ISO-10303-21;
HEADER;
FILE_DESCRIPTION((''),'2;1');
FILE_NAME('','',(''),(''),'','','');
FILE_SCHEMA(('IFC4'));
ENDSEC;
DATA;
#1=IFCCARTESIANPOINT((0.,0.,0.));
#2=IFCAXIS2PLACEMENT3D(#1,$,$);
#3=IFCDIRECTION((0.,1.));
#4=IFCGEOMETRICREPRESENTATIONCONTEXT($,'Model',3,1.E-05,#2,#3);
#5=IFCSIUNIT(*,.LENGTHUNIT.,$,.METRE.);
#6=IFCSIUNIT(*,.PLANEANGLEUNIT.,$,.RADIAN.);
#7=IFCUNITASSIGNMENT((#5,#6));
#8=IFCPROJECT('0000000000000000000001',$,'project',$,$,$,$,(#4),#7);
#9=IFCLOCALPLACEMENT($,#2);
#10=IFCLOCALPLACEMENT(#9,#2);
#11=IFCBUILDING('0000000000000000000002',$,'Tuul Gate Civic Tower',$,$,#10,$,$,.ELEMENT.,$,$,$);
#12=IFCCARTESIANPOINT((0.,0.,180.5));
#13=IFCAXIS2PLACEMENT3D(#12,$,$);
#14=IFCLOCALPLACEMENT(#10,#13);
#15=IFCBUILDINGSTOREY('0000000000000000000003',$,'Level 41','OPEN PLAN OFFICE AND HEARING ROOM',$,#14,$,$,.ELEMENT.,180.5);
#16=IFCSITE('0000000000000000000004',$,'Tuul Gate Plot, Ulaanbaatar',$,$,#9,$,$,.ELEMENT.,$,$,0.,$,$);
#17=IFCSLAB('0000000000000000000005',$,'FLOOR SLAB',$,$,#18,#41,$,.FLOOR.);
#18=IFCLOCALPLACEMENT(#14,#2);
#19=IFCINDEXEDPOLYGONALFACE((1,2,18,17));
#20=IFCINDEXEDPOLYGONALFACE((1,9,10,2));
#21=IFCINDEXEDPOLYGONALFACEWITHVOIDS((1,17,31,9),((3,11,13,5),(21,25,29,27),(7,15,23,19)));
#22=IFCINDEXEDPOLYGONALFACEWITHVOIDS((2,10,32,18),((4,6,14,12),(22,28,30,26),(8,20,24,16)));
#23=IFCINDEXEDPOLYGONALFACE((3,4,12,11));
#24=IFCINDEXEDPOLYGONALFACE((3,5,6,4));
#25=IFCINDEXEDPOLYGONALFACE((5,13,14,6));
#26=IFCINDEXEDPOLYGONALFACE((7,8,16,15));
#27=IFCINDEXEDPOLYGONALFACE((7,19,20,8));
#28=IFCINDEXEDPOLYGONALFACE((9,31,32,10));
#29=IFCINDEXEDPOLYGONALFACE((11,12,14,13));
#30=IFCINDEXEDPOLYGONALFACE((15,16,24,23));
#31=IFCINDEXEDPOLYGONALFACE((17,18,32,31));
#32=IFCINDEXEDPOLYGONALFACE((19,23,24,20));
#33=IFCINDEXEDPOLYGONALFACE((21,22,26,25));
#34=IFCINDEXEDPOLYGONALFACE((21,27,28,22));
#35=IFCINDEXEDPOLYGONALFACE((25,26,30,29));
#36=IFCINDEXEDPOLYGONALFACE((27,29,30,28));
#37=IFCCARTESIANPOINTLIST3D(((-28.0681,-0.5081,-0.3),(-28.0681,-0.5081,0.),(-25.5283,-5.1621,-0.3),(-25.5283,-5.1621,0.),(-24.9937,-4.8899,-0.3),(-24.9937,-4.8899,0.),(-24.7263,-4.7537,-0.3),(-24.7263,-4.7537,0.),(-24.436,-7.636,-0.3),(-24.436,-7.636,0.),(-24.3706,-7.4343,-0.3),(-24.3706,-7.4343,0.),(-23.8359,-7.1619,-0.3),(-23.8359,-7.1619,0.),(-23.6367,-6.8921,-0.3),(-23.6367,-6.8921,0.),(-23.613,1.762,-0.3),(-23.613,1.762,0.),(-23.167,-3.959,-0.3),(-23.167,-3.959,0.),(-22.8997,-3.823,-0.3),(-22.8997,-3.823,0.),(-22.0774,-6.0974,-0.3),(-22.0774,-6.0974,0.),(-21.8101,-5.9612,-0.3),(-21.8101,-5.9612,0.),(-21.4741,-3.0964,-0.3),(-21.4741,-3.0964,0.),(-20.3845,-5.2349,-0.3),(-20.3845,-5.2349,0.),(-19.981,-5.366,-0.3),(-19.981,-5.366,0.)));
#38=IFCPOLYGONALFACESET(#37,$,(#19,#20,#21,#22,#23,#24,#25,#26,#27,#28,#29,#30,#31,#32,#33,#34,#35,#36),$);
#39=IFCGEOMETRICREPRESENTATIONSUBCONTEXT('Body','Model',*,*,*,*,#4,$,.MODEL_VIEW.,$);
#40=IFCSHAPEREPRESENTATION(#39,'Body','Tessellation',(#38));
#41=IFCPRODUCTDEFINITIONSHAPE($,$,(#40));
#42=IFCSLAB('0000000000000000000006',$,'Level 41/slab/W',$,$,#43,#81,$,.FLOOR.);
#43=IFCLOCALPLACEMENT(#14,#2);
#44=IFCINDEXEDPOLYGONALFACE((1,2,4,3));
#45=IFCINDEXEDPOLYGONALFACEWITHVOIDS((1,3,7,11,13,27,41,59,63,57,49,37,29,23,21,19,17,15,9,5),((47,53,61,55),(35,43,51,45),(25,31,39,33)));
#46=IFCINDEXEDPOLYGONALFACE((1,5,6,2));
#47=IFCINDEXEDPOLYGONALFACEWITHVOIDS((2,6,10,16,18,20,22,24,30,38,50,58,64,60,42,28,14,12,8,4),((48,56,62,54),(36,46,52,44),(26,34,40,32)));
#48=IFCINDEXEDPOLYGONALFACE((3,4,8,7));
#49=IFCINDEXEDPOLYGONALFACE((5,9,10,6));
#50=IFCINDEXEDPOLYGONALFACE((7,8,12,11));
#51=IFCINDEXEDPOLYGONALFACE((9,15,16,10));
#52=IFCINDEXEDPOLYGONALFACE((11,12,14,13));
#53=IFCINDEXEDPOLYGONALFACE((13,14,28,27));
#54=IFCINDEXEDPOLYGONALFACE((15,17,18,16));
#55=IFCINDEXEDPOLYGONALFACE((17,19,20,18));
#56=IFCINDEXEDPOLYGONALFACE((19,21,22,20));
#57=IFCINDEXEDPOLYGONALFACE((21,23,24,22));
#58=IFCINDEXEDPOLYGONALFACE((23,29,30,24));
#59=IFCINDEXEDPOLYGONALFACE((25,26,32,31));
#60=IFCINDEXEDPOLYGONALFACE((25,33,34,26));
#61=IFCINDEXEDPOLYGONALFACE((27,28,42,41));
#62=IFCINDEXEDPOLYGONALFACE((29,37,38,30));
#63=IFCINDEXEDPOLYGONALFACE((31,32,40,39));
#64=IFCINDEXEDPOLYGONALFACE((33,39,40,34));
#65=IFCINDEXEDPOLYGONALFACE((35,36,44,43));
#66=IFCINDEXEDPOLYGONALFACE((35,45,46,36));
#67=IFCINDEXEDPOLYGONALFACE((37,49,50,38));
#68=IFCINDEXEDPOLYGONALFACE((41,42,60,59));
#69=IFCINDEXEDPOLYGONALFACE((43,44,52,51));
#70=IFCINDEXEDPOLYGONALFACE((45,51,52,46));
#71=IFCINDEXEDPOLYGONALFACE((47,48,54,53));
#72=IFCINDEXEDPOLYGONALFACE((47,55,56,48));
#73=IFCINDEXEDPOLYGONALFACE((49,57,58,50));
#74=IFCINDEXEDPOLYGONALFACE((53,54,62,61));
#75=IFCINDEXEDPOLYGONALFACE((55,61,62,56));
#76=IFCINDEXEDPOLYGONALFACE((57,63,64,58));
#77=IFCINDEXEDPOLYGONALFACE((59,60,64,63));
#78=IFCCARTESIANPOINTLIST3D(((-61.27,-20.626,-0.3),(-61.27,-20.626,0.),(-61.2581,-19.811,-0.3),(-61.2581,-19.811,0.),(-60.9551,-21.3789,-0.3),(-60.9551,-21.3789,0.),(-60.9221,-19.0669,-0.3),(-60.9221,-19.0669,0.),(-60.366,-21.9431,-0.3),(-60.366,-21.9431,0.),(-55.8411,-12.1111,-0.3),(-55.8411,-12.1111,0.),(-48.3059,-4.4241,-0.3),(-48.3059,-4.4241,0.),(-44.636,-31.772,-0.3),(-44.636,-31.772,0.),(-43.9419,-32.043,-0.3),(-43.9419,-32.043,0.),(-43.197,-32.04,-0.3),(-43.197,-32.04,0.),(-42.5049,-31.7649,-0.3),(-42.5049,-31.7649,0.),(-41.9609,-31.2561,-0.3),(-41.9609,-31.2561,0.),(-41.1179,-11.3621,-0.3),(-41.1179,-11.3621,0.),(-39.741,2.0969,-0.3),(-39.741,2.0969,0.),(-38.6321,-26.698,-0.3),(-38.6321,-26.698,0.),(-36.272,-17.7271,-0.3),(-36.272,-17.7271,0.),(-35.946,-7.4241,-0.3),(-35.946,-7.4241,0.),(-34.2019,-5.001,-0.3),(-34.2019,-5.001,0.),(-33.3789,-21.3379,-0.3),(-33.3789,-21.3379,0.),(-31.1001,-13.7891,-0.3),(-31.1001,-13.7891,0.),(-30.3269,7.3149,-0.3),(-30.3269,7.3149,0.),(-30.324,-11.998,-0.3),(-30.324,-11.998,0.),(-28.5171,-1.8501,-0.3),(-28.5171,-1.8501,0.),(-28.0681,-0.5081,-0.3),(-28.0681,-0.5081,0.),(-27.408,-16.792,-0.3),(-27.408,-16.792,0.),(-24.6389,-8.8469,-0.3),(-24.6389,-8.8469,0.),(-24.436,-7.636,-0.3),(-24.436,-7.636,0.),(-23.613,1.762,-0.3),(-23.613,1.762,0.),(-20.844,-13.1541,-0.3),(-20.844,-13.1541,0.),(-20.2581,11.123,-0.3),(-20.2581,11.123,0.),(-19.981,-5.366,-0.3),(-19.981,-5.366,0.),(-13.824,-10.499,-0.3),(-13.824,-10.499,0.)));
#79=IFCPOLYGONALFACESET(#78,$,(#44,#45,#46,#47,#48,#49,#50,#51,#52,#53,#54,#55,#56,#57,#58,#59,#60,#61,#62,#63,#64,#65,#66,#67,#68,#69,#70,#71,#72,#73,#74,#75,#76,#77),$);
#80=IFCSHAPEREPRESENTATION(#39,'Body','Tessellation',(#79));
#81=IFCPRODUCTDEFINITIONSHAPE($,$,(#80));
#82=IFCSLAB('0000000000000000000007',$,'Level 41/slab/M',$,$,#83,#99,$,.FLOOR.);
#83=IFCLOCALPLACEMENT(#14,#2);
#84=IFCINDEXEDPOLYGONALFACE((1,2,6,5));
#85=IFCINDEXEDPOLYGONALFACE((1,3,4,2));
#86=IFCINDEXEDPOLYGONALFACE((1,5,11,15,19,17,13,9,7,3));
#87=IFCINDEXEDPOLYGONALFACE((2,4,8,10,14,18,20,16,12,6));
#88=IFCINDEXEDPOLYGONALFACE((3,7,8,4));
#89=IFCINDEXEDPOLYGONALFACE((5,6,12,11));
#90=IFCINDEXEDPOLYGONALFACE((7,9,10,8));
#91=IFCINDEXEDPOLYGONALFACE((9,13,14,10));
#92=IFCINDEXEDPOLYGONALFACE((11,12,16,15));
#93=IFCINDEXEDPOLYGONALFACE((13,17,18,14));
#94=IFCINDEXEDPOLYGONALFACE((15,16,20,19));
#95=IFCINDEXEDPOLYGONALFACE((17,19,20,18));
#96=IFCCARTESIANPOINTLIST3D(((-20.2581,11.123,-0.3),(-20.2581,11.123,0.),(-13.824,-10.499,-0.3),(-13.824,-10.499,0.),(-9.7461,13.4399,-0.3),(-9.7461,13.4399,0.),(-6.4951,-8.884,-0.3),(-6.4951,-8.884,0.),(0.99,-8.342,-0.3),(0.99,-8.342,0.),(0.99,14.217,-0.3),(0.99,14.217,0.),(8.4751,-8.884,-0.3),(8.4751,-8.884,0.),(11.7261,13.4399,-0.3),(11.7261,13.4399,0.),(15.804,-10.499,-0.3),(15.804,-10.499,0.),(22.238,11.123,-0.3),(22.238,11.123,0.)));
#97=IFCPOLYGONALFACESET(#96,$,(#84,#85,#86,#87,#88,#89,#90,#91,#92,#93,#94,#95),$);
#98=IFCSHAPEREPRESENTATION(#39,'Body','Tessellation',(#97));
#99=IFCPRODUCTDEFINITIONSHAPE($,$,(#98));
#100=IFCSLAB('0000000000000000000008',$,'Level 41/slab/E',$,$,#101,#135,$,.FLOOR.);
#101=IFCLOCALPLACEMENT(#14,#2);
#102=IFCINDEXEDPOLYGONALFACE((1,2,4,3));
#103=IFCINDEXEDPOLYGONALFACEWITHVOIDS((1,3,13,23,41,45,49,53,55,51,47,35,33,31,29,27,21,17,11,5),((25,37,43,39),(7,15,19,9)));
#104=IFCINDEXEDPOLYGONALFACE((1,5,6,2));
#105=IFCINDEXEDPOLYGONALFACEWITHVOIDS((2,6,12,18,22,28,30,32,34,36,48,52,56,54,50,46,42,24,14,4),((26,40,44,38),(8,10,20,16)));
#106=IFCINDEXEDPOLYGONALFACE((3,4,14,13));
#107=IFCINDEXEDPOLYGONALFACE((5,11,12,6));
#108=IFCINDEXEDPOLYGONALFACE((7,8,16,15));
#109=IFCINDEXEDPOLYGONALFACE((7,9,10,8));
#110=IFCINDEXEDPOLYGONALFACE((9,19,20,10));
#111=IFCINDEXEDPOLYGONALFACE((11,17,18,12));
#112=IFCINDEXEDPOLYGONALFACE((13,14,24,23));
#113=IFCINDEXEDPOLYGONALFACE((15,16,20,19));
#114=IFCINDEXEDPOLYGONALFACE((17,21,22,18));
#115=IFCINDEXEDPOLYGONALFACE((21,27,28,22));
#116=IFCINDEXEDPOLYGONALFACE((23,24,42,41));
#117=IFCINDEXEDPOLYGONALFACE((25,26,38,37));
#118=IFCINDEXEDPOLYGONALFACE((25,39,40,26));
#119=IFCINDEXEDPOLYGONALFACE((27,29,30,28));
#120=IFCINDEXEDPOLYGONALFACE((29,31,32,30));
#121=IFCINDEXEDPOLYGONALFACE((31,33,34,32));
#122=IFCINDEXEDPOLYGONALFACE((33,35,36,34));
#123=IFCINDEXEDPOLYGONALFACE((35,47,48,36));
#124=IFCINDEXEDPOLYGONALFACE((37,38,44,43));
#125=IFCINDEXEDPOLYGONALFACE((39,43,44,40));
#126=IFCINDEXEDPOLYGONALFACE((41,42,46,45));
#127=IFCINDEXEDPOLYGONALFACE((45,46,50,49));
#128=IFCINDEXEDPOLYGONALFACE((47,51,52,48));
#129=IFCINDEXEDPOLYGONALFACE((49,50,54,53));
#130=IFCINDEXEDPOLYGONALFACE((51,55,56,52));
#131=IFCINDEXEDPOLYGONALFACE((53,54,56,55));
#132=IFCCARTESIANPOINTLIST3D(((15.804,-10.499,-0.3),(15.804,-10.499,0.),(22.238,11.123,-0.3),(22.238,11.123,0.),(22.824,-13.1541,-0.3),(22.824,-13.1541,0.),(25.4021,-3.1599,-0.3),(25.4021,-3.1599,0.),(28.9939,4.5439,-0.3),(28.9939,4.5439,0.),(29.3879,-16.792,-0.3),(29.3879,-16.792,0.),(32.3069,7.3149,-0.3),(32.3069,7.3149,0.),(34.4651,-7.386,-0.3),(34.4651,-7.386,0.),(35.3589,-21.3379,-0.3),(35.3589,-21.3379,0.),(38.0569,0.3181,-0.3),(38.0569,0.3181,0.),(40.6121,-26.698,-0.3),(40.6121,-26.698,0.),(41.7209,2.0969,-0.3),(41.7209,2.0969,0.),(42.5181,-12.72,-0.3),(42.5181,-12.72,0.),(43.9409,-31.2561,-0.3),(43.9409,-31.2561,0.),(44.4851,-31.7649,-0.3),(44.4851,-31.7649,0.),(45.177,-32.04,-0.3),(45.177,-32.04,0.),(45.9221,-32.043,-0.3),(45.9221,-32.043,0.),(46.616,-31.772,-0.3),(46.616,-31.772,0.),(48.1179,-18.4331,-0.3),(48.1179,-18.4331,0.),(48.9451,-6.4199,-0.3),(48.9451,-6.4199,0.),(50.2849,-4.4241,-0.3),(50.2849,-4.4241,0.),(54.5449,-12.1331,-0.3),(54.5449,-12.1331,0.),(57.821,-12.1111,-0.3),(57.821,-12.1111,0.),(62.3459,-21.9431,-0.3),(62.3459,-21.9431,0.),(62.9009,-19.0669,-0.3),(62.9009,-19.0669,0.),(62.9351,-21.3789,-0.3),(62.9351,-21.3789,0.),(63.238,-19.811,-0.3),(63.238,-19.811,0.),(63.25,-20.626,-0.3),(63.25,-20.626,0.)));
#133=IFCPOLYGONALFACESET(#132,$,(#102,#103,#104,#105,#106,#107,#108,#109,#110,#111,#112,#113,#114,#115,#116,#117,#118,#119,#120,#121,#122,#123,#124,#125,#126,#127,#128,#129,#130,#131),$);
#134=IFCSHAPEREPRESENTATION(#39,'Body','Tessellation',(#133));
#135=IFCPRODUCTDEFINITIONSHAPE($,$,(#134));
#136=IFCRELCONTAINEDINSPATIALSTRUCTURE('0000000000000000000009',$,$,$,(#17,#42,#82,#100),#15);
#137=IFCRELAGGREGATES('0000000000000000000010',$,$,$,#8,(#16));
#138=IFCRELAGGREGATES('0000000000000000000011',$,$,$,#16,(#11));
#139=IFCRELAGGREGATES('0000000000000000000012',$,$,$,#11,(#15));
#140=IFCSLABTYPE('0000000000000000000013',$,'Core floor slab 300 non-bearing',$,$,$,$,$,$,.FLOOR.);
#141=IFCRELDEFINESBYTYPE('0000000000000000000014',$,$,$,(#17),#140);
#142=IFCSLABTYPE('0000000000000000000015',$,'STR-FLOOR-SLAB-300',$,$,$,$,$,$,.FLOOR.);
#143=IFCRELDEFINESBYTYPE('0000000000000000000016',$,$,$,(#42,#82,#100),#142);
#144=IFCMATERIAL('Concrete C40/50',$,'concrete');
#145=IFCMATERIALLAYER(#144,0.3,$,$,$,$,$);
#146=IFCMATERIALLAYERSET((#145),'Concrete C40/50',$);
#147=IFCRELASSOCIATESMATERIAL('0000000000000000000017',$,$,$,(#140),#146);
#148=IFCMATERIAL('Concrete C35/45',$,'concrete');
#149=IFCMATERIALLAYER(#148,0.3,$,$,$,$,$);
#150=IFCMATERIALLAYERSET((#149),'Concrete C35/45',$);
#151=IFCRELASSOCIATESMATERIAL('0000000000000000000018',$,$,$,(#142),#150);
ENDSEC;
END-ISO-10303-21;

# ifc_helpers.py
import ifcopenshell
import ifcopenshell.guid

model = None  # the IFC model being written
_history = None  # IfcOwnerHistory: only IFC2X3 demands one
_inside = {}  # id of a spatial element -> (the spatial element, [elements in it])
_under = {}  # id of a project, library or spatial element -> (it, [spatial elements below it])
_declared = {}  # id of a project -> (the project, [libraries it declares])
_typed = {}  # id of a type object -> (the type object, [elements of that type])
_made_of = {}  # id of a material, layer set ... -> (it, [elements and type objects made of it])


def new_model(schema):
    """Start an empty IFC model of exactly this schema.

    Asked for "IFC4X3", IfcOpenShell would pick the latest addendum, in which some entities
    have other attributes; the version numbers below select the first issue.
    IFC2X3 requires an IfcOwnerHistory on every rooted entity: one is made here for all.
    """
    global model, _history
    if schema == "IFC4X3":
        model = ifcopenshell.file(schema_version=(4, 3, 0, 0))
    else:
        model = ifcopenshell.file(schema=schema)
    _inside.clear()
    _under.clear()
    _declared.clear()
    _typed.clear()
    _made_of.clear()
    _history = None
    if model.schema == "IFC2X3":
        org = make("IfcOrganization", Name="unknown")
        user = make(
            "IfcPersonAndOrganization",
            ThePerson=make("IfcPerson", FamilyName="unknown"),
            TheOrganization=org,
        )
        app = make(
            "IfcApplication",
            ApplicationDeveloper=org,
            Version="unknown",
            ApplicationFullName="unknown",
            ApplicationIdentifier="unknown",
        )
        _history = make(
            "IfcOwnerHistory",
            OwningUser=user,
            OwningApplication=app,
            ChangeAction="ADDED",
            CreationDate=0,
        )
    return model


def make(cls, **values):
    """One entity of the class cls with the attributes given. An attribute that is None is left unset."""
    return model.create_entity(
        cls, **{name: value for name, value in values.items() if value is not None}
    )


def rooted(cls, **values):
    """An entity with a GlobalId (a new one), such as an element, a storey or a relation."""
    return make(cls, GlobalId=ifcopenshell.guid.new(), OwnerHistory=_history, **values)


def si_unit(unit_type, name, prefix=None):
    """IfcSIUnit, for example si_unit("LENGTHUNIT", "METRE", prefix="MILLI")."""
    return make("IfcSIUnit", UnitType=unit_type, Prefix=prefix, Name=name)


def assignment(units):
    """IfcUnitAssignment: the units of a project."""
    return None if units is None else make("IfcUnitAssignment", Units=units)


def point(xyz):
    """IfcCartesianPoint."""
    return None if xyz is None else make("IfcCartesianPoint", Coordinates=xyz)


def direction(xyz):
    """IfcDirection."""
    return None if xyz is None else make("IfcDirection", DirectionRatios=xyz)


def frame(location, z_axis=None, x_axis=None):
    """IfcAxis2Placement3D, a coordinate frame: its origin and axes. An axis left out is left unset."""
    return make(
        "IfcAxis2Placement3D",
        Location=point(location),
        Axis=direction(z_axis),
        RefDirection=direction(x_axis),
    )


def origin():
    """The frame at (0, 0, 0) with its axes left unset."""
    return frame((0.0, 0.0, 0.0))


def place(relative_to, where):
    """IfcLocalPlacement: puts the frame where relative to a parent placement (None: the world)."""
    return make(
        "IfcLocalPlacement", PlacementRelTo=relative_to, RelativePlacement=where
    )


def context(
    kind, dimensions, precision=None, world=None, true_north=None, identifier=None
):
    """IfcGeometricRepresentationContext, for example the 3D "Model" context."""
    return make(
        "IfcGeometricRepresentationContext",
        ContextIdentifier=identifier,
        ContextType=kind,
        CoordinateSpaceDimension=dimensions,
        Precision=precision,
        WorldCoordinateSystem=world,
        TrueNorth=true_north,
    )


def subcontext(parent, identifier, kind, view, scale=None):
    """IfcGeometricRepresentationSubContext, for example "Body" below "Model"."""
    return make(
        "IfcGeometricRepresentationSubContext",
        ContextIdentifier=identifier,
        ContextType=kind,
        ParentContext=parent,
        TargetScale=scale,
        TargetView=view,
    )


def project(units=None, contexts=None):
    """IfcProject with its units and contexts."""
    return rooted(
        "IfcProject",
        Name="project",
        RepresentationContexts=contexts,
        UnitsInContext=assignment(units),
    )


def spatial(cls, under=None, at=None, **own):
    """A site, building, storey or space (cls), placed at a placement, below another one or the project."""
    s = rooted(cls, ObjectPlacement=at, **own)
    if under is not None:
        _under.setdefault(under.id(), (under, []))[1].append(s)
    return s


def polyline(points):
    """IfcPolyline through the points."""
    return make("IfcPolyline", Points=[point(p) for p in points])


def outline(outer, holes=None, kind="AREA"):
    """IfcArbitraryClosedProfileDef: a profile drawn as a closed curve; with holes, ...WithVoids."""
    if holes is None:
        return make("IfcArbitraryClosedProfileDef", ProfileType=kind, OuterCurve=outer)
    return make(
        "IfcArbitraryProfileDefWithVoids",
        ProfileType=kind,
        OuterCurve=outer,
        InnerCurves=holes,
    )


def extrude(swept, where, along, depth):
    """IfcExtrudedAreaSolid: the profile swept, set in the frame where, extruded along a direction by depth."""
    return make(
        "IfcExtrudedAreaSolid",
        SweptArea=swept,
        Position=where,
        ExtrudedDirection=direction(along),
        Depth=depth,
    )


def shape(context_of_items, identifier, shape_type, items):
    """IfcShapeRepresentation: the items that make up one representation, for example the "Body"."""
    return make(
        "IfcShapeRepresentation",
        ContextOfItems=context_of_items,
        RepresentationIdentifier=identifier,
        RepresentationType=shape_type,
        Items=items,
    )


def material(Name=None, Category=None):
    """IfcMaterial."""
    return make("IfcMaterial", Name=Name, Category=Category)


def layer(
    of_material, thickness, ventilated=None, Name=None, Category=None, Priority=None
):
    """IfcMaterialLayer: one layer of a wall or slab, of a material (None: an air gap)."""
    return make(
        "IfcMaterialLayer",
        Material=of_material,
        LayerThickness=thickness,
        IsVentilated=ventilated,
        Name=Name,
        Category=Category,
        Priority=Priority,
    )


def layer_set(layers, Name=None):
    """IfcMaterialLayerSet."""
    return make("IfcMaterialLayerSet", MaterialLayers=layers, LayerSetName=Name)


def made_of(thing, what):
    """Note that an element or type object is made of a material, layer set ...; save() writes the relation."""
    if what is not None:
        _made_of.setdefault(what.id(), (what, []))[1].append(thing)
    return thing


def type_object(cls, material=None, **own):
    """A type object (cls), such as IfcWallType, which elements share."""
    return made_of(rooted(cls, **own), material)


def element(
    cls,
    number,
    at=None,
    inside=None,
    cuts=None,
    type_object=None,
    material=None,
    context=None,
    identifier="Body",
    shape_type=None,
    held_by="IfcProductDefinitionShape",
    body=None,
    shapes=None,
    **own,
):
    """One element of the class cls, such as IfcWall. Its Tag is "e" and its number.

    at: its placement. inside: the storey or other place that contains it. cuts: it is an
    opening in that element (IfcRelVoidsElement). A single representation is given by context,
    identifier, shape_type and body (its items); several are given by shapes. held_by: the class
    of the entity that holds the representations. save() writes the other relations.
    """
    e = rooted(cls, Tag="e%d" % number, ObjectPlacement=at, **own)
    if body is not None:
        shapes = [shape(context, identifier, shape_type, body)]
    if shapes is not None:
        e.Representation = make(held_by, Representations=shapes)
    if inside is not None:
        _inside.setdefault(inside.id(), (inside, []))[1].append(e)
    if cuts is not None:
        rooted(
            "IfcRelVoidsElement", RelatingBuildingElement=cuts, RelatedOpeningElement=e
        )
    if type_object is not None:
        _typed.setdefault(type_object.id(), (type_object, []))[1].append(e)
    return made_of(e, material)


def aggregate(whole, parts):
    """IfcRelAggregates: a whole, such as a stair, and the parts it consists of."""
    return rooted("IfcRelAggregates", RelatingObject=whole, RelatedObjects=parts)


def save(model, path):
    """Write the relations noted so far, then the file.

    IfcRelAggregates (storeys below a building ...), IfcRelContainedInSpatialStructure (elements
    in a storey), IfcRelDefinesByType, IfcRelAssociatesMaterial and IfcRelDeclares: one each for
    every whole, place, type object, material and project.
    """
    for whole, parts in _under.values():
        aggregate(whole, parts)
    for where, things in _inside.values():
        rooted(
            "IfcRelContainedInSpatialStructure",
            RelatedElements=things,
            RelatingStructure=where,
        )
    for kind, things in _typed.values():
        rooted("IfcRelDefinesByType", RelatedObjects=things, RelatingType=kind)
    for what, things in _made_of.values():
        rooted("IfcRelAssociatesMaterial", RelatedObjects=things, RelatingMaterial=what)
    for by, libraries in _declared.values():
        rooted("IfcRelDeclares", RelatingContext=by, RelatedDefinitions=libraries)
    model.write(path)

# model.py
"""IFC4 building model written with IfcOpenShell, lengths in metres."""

from ifc_helpers import new_model, si_unit, direction, frame, origin, place, context, subcontext, project, spatial, polyline, outline, extrude, material, layer, layer_set, type_object, element, save


model = new_model("IFC4")

# Units and contexts
model_context = context("Model", 3, precision=1e-05, world=origin(), true_north=direction((0.0, 1.0)))
body_context = subcontext(model_context, "Body", "Model", "MODEL_VIEW")
ifc_project = project(units=[si_unit("LENGTHUNIT", "METRE"), si_unit("PLANEANGLEUNIT", "RADIAN")], contexts=[model_context])

# Site, building, storey
site_placement = place(None, origin())
site = spatial("IfcSite", under=ifc_project, at=site_placement, Name="Tuul Gate Plot, Ulaanbaatar", CompositionType="ELEMENT", RefElevation=0.0)
building_placement = place(site_placement, origin())
building = spatial("IfcBuilding", under=site, at=building_placement, Name="Tuul Gate Civic Tower", CompositionType="ELEMENT")
storey_placement = place(building_placement, frame((0.0, 0.0, 180.5)))
storey = spatial("IfcBuildingStorey", under=building, at=storey_placement, Name="Level 41", Description="OPEN PLAN OFFICE AND HEARING ROOM", CompositionType="ELEMENT", Elevation=180.5)

# Slabs
ifc_material_1 = material(Name="Concrete C40/50", Category="concrete")
ifc_layer_1 = layer(ifc_material_1, 0.3)
ifc_layer_set_1 = layer_set([ifc_layer_1], Name="Concrete C40/50")
slab_type_1 = type_object("IfcSlabType", Name="Core floor slab 300 non-bearing", PredefinedType="FLOOR", material=ifc_layer_set_1)
slab_1_placement = place(storey_placement, frame((0.0, 0.0, -0.3)))
element("IfcSlab", 1, at=slab_1_placement, inside=storey, type_object=slab_type_1, Name="FLOOR SLAB", PredefinedType="FLOOR", context=body_context, shape_type="SweptSolid", body=[
    extrude(outline(polyline([(-19.981, -5.366), (-23.613, 1.762), (-28.0681, -0.5081), (-24.436, -7.636), (-19.981, -5.366)]), holes=[polyline([(-20.3845, -5.2349), (-21.4741, -3.0964), (-22.8997, -3.823), (-21.8101, -5.9612), (-20.3845, -5.2349)]), polyline([(-22.0774, -6.0974), (-23.167, -3.959), (-24.7263, -4.7537), (-23.6367, -6.8921), (-22.0774, -6.0974)]), polyline([(-23.8359, -7.1619), (-24.9937, -4.8899), (-25.5283, -5.1621), (-24.3706, -7.4343), (-23.8359, -7.1619)])]), origin(), (0.0, 0.0, 1.0), 0.3),
])
ifc_material_2 = material(Name="Concrete C35/45", Category="concrete")
ifc_layer_2 = layer(ifc_material_2, 0.3)
ifc_layer_set_2 = layer_set([ifc_layer_2], Name="Concrete C35/45")
slab_type_2 = type_object("IfcSlabType", Name="STR-FLOOR-SLAB-300", PredefinedType="FLOOR", material=ifc_layer_set_2)
slab_2_placement = place(storey_placement, frame((0.0, 0.0, -0.3)))
element("IfcSlab", 2, at=slab_2_placement, inside=storey, type_object=slab_type_2, Name="Level 41/slab/W", PredefinedType="FLOOR", context=body_context, shape_type="SweptSolid", body=[
    extrude(outline(polyline([(-20.844, -13.1541), (-13.824, -10.499), (-20.2581, 11.123), (-30.3269, 7.3149), (-39.741, 2.0969), (-48.3059, -4.4241), (-55.8411, -12.1111), (-60.9221, -19.0669), (-61.2581, -19.811), (-61.27, -20.626), (-60.9551, -21.3789), (-60.366, -21.9431), (-44.636, -31.772), (-43.9419, -32.043), (-43.197, -32.04), (-42.5049, -31.7649), (-41.9609, -31.2561), (-38.6321, -26.698), (-33.3789, -21.3379), (-27.408, -16.792), (-20.844, -13.1541)]), holes=[polyline([(-31.1001, -13.7891), (-36.272, -17.7271), (-41.1179, -11.3621), (-35.946, -7.4241), (-31.1001, -13.7891)]), polyline([(-24.6389, -8.8469), (-30.324, -11.998), (-34.2019, -5.001), (-28.5171, -1.8501), (-24.6389, -8.8469)]), polyline([(-24.436, -7.636), (-28.0681, -0.5081), (-23.613, 1.762), (-19.981, -5.366), (-24.436, -7.636)])]), origin(), (0.0, 0.0, 1.0), 0.3),
])
slab_3_placement = place(storey_placement, frame((0.0, 0.0, -0.3)))
element("IfcSlab", 3, at=slab_3_placement, inside=storey, type_object=slab_type_2, Name="Level 41/slab/M", PredefinedType="FLOOR", context=body_context, shape_type="SweptSolid", body=[
    extrude(outline(polyline([(15.804, -10.499), (22.238, 11.123), (11.7261, 13.4399), (0.99, 14.217), (-9.7461, 13.4399), (-20.2581, 11.123), (-13.824, -10.499), (-6.4951, -8.884), (0.99, -8.342), (8.4751, -8.884), (15.804, -10.499)])), origin(), (0.0, 0.0, 1.0), 0.3),
])
slab_4_placement = place(storey_placement, frame((0.0, 0.0, -0.3)))
element("IfcSlab", 4, at=slab_4_placement, inside=storey, type_object=slab_type_2, Name="Level 41/slab/E", PredefinedType="FLOOR", context=body_context, shape_type="SweptSolid", body=[
    extrude(outline(polyline([(45.9221, -32.043), (46.616, -31.772), (62.3459, -21.9431), (62.9351, -21.3789), (63.25, -20.626), (63.238, -19.811), (62.9009, -19.0669), (57.821, -12.1111), (50.2849, -4.4241), (41.7209, 2.0969), (32.3069, 7.3149), (22.238, 11.123), (15.804, -10.499), (22.824, -13.1541), (29.3879, -16.792), (35.3589, -21.3379), (40.6121, -26.698), (43.9409, -31.2561), (44.4851, -31.7649), (45.177, -32.04), (45.9221, -32.043)]), holes=[polyline([(48.1179, -18.4331), (42.5181, -12.72), (48.9451, -6.4199), (54.5449, -12.1331), (48.1179, -18.4331)]), polyline([(25.4021, -3.1599), (28.9939, 4.5439), (38.0569, 0.3181), (34.4651, -7.386), (25.4021, -3.1599)])]), origin(), (0.0, 0.0, 1.0), 0.3),
])

save(model, "model.ifc")
